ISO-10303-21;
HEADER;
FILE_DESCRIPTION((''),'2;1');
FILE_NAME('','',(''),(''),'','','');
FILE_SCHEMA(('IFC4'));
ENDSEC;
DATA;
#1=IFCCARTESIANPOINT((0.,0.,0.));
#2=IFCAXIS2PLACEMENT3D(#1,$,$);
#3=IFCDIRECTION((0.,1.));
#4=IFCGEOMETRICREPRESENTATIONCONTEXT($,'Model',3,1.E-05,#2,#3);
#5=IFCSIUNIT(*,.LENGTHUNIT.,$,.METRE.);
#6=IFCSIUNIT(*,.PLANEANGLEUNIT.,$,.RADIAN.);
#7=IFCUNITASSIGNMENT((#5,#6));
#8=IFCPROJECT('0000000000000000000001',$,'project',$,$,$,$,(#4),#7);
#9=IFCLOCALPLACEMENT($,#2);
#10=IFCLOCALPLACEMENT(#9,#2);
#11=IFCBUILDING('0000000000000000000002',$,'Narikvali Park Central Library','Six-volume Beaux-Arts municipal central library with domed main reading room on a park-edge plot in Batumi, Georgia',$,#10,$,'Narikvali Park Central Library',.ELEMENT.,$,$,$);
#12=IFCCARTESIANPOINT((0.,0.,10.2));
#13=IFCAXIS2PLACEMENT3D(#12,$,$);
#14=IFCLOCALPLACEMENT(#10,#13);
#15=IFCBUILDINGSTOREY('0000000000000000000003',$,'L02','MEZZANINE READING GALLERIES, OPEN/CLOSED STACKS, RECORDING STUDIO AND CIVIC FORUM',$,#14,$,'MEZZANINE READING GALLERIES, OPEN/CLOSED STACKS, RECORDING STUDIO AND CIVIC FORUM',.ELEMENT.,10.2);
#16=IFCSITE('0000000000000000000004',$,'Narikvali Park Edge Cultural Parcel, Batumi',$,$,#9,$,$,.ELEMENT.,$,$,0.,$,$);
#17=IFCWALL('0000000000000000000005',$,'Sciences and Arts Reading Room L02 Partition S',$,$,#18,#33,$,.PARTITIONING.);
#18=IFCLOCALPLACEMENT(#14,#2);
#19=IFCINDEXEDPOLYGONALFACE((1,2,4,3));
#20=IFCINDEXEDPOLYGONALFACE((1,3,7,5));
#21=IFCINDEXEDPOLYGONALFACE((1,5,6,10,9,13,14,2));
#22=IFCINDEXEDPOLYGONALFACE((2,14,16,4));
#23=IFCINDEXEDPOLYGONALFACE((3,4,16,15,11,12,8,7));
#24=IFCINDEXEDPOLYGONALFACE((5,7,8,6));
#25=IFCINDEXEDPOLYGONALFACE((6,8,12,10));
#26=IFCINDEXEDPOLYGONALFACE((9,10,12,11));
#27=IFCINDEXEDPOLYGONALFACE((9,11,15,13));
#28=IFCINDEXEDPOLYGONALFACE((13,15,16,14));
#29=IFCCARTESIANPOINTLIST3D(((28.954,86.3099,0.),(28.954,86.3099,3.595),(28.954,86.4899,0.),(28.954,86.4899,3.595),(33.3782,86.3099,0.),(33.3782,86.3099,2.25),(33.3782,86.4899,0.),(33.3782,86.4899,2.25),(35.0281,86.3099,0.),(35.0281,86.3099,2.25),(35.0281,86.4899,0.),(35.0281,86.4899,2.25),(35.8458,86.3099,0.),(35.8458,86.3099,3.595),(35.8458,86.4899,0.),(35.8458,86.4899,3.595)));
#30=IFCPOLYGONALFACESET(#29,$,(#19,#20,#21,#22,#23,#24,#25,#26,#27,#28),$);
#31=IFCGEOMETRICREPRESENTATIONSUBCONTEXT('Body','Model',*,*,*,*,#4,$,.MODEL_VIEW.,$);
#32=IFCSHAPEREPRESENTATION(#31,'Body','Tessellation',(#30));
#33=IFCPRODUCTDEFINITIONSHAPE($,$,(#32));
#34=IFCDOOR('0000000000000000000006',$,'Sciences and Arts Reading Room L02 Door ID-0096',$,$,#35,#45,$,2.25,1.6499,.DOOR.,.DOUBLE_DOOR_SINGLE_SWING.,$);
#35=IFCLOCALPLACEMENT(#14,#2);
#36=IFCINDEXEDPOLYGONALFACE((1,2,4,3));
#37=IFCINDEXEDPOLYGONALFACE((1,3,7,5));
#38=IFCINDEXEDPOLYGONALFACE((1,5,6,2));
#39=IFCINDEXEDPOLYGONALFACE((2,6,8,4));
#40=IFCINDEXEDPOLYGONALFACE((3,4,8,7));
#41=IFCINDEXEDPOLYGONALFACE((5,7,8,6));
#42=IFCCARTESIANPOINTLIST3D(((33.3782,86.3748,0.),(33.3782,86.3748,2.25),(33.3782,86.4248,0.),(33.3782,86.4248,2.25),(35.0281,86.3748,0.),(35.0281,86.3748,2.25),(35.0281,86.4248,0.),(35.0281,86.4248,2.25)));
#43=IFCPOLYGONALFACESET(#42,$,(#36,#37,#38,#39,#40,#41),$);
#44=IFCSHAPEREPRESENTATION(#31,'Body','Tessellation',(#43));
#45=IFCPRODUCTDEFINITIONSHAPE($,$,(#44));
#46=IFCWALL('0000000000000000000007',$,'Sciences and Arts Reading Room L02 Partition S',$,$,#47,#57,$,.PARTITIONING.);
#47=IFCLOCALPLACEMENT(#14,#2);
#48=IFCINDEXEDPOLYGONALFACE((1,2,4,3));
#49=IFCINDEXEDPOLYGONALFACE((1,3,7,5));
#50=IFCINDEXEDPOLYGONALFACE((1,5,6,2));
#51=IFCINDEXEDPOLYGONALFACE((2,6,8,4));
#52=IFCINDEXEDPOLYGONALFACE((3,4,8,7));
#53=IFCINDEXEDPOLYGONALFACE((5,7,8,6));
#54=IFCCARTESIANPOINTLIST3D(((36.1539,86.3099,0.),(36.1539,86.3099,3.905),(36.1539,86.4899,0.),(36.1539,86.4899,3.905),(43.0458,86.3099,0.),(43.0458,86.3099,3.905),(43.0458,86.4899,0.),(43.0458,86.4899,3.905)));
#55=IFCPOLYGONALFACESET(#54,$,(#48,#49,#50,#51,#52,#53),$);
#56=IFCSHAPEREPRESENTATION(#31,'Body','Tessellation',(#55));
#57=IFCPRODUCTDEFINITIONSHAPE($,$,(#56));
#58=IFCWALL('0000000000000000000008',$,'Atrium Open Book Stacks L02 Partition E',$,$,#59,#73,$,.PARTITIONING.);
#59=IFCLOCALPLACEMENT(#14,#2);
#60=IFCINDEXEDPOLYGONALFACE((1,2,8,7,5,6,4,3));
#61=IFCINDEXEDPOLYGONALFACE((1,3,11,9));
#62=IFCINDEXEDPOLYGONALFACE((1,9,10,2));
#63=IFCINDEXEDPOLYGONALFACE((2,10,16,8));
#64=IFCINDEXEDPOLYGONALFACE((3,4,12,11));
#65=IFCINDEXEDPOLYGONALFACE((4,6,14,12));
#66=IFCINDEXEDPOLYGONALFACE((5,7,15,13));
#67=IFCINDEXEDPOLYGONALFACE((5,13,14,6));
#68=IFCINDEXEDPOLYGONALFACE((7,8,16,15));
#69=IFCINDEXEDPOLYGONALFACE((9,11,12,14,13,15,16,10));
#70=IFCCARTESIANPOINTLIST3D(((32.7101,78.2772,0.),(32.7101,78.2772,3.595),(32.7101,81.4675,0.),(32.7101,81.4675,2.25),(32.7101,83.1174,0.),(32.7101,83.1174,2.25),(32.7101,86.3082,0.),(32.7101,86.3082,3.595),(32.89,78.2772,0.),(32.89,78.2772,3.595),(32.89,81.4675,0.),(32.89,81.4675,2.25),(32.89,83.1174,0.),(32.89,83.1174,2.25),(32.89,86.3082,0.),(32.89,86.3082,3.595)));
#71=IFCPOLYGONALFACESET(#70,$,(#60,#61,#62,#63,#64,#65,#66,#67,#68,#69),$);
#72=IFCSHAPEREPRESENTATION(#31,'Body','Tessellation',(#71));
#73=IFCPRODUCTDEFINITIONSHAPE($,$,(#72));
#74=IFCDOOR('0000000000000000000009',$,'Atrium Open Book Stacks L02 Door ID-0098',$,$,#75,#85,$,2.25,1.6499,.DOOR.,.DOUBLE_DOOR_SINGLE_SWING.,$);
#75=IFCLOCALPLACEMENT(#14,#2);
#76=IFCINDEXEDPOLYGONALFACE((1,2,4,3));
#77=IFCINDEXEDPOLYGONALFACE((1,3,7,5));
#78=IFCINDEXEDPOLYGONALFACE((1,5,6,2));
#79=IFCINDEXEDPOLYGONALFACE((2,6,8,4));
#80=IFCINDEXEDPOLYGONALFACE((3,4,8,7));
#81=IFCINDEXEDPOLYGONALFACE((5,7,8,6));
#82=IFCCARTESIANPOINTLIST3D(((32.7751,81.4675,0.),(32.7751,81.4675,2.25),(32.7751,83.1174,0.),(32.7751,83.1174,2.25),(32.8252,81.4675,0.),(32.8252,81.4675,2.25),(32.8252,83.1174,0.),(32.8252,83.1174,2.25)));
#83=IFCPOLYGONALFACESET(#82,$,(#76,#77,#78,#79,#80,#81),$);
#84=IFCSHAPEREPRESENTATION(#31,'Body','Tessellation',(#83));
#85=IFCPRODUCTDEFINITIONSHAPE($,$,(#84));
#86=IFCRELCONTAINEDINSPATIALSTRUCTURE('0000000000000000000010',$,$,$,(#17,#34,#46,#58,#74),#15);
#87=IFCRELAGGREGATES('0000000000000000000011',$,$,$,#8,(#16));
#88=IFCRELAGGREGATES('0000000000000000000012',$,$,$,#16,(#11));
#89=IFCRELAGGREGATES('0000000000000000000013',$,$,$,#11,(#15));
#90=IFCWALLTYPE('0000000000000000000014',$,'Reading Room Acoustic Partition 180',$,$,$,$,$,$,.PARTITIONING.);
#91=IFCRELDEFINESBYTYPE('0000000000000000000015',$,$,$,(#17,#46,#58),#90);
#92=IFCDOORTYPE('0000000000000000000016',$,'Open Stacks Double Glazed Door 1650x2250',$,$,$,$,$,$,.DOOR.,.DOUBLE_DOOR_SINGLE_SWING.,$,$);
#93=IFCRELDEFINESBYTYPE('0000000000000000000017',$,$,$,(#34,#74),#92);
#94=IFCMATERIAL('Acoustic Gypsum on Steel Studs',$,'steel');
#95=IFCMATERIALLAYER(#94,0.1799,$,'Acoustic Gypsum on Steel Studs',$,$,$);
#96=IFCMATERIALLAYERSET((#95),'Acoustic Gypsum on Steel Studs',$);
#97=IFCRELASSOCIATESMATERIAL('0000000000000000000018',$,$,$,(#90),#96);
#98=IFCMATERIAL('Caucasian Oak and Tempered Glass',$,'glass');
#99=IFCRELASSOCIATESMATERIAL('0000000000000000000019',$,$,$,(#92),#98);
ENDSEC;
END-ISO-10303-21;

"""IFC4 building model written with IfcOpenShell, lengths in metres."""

from ifc_helpers import new_model, si_unit, direction, frame, frame_2d, origin, place, context, subcontext, project, spatial, rectangle, extrude, material, layer, layer_set, type_object, element, fill, save


model = new_model("IFC4")

# Units and contexts
model_context = context("Model", 3, precision=1e-05, world=origin(), true_north=direction((0.0, 1.0)))
body_context = subcontext(model_context, "Body", "Model", "MODEL_VIEW")
ifc_project = project(units=[si_unit("LENGTHUNIT", "METRE"), si_unit("PLANEANGLEUNIT", "RADIAN")], contexts=[model_context])

# Site, building, storey
site_placement = place(None, origin())
site = spatial("IfcSite", under=ifc_project, at=site_placement, Name="Narikvali Park Edge Cultural Parcel, Batumi", CompositionType="ELEMENT", RefElevation=0.0)
building_placement = place(site_placement, origin())
building = spatial("IfcBuilding", under=site, at=building_placement, Name="Narikvali Park Central Library", Description="Six-volume Beaux-Arts municipal central library with domed main reading room on a park-edge plot in Batumi, Georgia", LongName="Narikvali Park Central Library", CompositionType="ELEMENT")
storey_placement = place(building_placement, frame((0.0, 0.0, 10.2)))
storey = spatial("IfcBuildingStorey", under=building, at=storey_placement, Name="L02", Description="MEZZANINE READING GALLERIES, OPEN/CLOSED STACKS, RECORDING STUDIO AND CIVIC FORUM", LongName="MEZZANINE READING GALLERIES, OPEN/CLOSED STACKS, RECORDING STUDIO AND CIVIC FORUM", CompositionType="ELEMENT", Elevation=10.2)

# Wall, opening, door
ifc_material_1 = material(Name="Acoustic Gypsum on Steel Studs", Category="steel")
ifc_layer_1 = layer(ifc_material_1, 0.1799, Name="Acoustic Gypsum on Steel Studs")
ifc_layer_set_1 = layer_set([ifc_layer_1], Name="Acoustic Gypsum on Steel Studs")
wall_type_1 = type_object("IfcWallType", Name="Reading Room Acoustic Partition 180", PredefinedType="PARTITIONING", material=ifc_layer_set_1)
wall_1_placement = place(storey_placement, frame((28.9541, 86.3999, 0.0), z_axis=(0.0, 0.0, 1.0), x_axis=(1.0, 0.0, 0.0)))
wall_1 = element("IfcWall", 1, at=wall_1_placement, inside=storey, type_object=wall_type_1, Name="Sciences and Arts Reading Room L02 Partition S", PredefinedType="PARTITIONING", context=body_context, shape_type="SweptSolid", body=[
    extrude(rectangle(XDim=6.8918, YDim=0.1799, at=frame_2d((3.4458, 0.0))), origin(), (0.0, 0.0, 1.0), 3.595),
])
opening_1_placement = place(wall_1_placement, frame((4.4241, 0.0, 0.0)))
opening_1 = element("IfcOpeningElement", 2, at=opening_1_placement, cuts=wall_1, PredefinedType="OPENING", context=body_context, shape_type="SweptSolid", body=[
    extrude(rectangle(XDim=1.6499, YDim=2.25, at=frame_2d((0.825, 1.125))), frame((0.0, 0.1021, 0.0), z_axis=(0.0, -1.0, 0.0), x_axis=(1.0, 0.0, 0.0)), (0.0, 0.0, 1.0), 0.2039),
])
ifc_material_2 = material(Name="Caucasian Oak and Tempered Glass", Category="glass")
door_type = type_object("IfcDoorType", Name="Open Stacks Double Glazed Door 1650x2250", OperationType="DOUBLE_DOOR_SINGLE_SWING", PredefinedType="DOOR", material=ifc_material_2)
door_1_placement = place(opening_1_placement, origin())
door_1 = element("IfcDoor", 3, at=door_1_placement, inside=storey, type_object=door_type, Name="Sciences and Arts Reading Room L02 Door ID-0096", OperationType="DOUBLE_DOOR_SINGLE_SWING", OverallHeight=2.25, OverallWidth=1.6499, PredefinedType="DOOR", context=body_context, shape_type="SweptSolid", body=[
    extrude(rectangle(XDim=1.6499, YDim=2.25, at=frame_2d((0.825, 1.125))), frame((0.0, 0.0249, 0.0), z_axis=(0.0, -1.0, 0.0), x_axis=(1.0, 0.0, 0.0)), (0.0, 0.0, 1.0), 0.05),
])
fill(opening_1, door_1)

# Wall
wall_2_placement = place(storey_placement, frame((36.1541, 86.3999, 0.0), z_axis=(0.0, 0.0, 1.0), x_axis=(1.0, 0.0, 0.0)))
element("IfcWall", 4, at=wall_2_placement, inside=storey, type_object=wall_type_1, Name="Sciences and Arts Reading Room L02 Partition S", PredefinedType="PARTITIONING", context=body_context, shape_type="SweptSolid", body=[
    extrude(rectangle(XDim=6.8918, YDim=0.1799, at=frame_2d((3.4458, 0.0))), origin(), (0.0, 0.0, 1.0), 3.905),
])

# Wall, opening, door
wall_3_placement = place(storey_placement, frame((32.8, 78.2771, 0.0), z_axis=(0.0, 0.0, 1.0), x_axis=(0.0, 1.0, 0.0)))
wall_3 = element("IfcWall", 5, at=wall_3_placement, inside=storey, type_object=wall_type_1, Name="Atrium Open Book Stacks L02 Partition E", PredefinedType="PARTITIONING", context=body_context, shape_type="SweptSolid", body=[
    extrude(rectangle(XDim=8.031, YDim=0.1799, at=frame_2d((4.0156, 0.0))), origin(), (0.0, 0.0, 1.0), 3.595),
])
opening_2_placement = place(wall_3_placement, frame((3.1904, 0.0, 0.0)))
opening_2 = element("IfcOpeningElement", 6, at=opening_2_placement, cuts=wall_3, PredefinedType="OPENING", context=body_context, shape_type="SweptSolid", body=[
    extrude(rectangle(XDim=1.6499, YDim=2.25, at=frame_2d((0.825, 1.125))), frame((0.0, 0.1021, 0.0), z_axis=(0.0, -1.0, 0.0), x_axis=(1.0, 0.0, 0.0)), (0.0, 0.0, 1.0), 0.2039),
])
door_2_placement = place(opening_2_placement, origin())
door_2 = element("IfcDoor", 7, at=door_2_placement, inside=storey, type_object=door_type, Name="Atrium Open Book Stacks L02 Door ID-0098", OperationType="DOUBLE_DOOR_SINGLE_SWING", OverallHeight=2.25, OverallWidth=1.6499, PredefinedType="DOOR", context=body_context, shape_type="SweptSolid", body=[
    extrude(rectangle(XDim=1.6499, YDim=2.25, at=frame_2d((0.825, 1.125))), frame((0.0, 0.0249, 0.0), z_axis=(0.0, -1.0, 0.0), x_axis=(1.0, 0.0, 0.0)), (0.0, 0.0, 1.0), 0.05),
])
fill(opening_2, door_2)

save(model, "model.ifc")
